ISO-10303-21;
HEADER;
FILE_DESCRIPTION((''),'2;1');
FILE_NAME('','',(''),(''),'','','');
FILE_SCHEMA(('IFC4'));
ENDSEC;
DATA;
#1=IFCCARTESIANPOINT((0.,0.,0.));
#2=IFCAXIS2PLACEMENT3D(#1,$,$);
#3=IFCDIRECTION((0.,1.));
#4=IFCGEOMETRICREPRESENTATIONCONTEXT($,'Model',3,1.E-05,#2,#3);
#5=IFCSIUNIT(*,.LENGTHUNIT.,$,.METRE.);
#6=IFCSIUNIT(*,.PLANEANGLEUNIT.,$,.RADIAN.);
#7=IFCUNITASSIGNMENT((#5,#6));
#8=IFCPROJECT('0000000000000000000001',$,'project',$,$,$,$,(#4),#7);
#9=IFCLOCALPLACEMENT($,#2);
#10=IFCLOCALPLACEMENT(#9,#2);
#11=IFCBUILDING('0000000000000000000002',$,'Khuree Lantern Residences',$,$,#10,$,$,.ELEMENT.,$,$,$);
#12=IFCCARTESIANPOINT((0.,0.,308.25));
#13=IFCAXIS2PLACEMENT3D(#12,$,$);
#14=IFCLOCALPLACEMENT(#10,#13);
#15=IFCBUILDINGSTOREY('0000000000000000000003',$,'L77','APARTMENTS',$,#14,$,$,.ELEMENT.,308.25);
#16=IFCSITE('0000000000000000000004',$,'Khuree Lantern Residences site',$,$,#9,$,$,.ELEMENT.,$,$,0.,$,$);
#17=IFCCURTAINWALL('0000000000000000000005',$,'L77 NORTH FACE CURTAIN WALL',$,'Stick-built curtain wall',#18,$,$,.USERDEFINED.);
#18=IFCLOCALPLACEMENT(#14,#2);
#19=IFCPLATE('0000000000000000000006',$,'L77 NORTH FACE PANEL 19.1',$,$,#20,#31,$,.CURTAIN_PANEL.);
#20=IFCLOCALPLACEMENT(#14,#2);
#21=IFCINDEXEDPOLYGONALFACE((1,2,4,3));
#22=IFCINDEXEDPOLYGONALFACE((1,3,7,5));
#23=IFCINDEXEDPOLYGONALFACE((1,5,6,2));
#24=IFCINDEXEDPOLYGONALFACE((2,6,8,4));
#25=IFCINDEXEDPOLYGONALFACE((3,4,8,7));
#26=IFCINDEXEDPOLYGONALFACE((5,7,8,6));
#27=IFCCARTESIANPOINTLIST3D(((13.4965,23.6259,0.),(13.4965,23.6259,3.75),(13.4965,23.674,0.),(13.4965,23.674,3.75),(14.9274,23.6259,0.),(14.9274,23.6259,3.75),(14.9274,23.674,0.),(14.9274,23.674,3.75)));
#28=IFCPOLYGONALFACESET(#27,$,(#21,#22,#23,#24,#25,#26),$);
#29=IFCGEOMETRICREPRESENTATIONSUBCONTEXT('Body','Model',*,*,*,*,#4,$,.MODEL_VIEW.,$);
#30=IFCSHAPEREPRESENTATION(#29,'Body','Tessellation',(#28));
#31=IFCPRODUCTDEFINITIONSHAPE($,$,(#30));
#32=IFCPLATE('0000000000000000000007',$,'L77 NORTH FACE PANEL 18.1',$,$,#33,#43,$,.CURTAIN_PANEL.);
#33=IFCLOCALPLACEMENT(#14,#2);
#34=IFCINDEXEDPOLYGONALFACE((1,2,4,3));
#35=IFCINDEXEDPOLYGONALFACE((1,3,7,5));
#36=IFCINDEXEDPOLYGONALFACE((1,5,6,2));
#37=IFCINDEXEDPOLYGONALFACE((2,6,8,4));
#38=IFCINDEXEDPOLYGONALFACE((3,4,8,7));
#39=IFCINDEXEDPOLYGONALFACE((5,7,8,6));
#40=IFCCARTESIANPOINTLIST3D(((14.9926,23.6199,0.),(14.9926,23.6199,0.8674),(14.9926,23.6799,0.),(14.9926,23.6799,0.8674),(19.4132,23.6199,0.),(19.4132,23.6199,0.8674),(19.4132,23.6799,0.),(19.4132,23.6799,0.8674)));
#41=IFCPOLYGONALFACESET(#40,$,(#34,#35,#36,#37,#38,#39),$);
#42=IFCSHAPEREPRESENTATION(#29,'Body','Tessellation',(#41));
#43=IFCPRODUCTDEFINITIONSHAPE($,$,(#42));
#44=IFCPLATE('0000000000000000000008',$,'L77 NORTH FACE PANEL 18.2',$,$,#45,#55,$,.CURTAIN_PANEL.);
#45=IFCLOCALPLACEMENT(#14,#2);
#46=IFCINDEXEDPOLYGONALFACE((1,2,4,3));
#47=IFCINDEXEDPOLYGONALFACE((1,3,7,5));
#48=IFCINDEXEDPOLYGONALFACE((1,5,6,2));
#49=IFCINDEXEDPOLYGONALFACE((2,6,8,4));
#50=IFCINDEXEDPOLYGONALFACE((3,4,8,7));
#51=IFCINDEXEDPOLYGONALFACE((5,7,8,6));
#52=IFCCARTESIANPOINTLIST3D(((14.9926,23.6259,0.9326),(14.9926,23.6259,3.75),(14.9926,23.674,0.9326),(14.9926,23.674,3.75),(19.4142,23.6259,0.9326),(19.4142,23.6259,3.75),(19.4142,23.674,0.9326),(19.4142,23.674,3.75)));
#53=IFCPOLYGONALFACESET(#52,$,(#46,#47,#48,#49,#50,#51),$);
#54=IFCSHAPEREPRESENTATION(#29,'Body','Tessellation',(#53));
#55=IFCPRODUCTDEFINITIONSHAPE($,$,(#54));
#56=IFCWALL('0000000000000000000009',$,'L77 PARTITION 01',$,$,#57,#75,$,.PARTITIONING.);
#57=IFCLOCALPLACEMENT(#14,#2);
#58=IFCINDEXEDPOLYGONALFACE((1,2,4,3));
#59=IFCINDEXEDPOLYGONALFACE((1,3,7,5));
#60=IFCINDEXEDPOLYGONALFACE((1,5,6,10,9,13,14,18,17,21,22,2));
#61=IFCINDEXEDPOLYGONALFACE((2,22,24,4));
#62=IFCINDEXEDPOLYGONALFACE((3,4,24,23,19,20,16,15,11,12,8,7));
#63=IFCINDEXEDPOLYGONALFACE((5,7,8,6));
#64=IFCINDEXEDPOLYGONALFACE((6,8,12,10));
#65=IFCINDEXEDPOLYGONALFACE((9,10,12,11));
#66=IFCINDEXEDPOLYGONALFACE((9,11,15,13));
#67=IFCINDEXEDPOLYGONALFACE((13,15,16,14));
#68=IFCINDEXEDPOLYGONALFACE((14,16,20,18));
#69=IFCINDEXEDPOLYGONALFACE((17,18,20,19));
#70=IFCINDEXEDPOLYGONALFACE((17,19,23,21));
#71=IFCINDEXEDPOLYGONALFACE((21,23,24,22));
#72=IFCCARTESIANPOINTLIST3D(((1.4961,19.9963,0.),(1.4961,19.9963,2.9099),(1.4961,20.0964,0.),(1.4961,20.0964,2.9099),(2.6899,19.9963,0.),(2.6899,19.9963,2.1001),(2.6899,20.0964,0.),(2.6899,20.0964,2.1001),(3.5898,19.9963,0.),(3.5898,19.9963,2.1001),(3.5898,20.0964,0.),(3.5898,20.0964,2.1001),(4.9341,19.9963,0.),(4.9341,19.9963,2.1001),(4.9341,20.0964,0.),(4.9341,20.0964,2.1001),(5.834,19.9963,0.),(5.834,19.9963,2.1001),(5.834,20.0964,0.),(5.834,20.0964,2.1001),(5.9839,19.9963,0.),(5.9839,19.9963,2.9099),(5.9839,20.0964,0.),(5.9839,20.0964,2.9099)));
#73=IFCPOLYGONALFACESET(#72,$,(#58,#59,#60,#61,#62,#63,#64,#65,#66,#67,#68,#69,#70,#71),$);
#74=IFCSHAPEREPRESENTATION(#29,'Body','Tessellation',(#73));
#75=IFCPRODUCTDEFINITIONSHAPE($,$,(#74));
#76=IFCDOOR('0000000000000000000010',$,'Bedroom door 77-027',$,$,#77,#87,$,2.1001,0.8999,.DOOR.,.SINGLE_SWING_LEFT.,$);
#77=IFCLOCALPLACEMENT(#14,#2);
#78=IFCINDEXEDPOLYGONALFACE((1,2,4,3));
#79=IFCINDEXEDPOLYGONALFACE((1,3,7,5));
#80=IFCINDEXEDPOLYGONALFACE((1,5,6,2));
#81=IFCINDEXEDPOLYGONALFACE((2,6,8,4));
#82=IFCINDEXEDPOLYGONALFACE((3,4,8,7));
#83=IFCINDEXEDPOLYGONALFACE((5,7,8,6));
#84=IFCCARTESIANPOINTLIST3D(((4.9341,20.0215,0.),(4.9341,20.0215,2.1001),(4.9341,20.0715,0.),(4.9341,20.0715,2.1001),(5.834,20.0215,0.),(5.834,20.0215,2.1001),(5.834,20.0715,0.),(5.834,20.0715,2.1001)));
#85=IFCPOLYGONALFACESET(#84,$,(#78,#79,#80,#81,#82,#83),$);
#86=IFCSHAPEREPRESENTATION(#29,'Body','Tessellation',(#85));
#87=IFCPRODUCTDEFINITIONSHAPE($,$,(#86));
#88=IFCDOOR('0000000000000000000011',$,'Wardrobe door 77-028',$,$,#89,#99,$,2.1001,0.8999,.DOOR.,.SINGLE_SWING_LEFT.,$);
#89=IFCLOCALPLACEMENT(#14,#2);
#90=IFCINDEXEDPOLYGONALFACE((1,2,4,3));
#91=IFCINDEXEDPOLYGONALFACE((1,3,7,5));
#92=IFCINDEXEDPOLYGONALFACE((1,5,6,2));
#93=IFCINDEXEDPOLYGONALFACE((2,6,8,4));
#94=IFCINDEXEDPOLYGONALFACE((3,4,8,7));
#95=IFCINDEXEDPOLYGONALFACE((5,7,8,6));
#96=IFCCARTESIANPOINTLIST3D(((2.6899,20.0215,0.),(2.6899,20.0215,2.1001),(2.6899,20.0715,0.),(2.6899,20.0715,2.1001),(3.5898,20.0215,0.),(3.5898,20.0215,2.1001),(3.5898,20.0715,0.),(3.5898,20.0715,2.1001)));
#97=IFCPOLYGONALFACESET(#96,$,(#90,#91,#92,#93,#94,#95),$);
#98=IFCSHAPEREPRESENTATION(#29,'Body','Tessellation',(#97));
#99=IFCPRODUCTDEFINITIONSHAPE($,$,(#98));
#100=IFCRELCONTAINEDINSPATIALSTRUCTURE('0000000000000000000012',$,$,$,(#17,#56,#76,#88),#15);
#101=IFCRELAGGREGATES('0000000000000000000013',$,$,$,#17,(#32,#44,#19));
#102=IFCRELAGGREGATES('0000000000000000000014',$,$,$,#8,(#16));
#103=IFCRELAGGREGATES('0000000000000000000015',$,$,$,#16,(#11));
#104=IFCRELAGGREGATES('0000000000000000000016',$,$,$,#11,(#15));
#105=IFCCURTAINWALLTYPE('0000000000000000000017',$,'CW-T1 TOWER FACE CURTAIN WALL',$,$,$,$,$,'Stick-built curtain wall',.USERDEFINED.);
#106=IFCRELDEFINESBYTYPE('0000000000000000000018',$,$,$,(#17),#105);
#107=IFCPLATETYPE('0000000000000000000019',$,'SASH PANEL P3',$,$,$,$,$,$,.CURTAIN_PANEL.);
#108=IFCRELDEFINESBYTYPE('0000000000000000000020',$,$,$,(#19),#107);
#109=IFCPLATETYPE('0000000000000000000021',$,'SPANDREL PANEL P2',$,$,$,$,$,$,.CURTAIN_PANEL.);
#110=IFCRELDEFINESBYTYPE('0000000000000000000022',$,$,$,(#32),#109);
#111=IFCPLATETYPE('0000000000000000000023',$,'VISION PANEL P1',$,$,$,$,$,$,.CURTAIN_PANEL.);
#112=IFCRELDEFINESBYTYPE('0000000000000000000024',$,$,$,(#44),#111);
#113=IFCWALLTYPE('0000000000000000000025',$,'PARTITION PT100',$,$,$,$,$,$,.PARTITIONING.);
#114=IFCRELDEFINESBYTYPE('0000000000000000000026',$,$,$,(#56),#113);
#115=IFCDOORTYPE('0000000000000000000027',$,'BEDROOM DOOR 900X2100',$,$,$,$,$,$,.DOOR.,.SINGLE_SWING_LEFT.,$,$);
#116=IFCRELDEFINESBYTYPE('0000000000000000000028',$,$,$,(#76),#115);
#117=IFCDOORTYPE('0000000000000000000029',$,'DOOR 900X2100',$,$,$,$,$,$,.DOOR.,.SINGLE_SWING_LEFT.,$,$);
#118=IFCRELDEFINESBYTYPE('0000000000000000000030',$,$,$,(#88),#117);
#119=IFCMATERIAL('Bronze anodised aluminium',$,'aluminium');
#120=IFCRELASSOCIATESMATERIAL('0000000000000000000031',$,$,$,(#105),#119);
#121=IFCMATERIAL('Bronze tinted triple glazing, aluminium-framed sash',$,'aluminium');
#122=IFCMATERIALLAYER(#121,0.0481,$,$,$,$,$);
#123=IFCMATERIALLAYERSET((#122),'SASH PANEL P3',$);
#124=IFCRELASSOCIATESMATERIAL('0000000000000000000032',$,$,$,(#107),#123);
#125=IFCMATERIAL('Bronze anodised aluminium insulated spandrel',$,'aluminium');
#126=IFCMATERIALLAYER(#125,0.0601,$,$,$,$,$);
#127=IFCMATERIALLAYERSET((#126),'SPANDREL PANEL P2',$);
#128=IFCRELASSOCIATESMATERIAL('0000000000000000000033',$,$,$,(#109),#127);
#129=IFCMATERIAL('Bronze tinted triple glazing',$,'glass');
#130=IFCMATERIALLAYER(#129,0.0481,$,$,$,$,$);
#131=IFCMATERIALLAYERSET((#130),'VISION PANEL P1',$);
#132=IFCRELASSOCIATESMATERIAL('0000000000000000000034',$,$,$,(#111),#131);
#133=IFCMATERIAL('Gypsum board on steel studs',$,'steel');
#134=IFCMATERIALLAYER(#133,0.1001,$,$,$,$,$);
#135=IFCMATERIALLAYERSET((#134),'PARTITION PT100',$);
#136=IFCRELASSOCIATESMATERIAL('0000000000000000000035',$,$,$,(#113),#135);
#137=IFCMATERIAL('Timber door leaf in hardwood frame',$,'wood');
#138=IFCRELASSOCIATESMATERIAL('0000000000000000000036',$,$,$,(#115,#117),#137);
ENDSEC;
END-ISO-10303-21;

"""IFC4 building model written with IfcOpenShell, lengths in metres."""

from ifc_helpers import new_model, si_unit, direction, frame, frame_2d, origin, origin_2d, place, context, subcontext, project, spatial, rectangle, extrude, material, layer, layer_set, type_object, element, fill, aggregate, save


model = new_model("IFC4")

# Units and contexts
model_context = context("Model", 3, precision=1e-05, world=origin(), true_north=direction((0.0, 1.0)))
body_context = subcontext(model_context, "Body", "Model", "MODEL_VIEW")
ifc_project = project(units=[si_unit("LENGTHUNIT", "METRE"), si_unit("PLANEANGLEUNIT", "RADIAN")], contexts=[model_context])

# Site, building, storey
site_placement = place(None, origin())
site = spatial("IfcSite", under=ifc_project, at=site_placement, Name="Khuree Lantern Residences site", CompositionType="ELEMENT", RefElevation=0.0)
building_placement = place(site_placement, origin())
building = spatial("IfcBuilding", under=site, at=building_placement, Name="Khuree Lantern Residences", CompositionType="ELEMENT")
storey_placement = place(building_placement, frame((0.0, 0.0, 308.25)))
storey = spatial("IfcBuildingStorey", under=building, at=storey_placement, Name="L77", Description="APARTMENTS", CompositionType="ELEMENT", Elevation=308.25)

# Curtain wall
ifc_material_1 = material(Name="Bronze anodised aluminium", Category="aluminium")
curtain_wall_type = type_object("IfcCurtainWallType", Name="CW-T1 TOWER FACE CURTAIN WALL", ElementType="Stick-built curtain wall", PredefinedType="USERDEFINED", material=ifc_material_1)
curtain_wall_placement = place(storey_placement, origin())
curtain_wall = element("IfcCurtainWall", 1, at=curtain_wall_placement, inside=storey, type_object=curtain_wall_type, Name="L77 NORTH FACE CURTAIN WALL", ObjectType="Stick-built curtain wall", PredefinedType="USERDEFINED")

# Plates
ifc_material_2 = material(Name="Bronze tinted triple glazing, aluminium-framed sash", Category="aluminium")
ifc_layer_1 = layer(ifc_material_2, 0.0481)
ifc_layer_set_1 = layer_set([ifc_layer_1], Name="SASH PANEL P3")
plate_type_1 = type_object("IfcPlateType", Name="SASH PANEL P3", PredefinedType="CURTAIN_PANEL", material=ifc_layer_set_1)
plate_1_placement = place(storey_placement, frame((14.2119, 23.6499, 0.0), z_axis=(0.0, 0.0, 1.0), x_axis=(-1.0, 0.0, 0.0)))
plate_1 = element("IfcPlate", 2, at=plate_1_placement, type_object=plate_type_1, Name="L77 NORTH FACE PANEL 19.1", PredefinedType="CURTAIN_PANEL", context=body_context, shape_type="SweptSolid", body=[
    extrude(rectangle(XDim=1.4309, YDim=0.0481, at=origin_2d()), origin(), (0.0, 0.0, 1.0), 3.75),
])
ifc_material_3 = material(Name="Bronze anodised aluminium insulated spandrel", Category="aluminium")
ifc_layer_2 = layer(ifc_material_3, 0.0601)
ifc_layer_set_2 = layer_set([ifc_layer_2], Name="SPANDREL PANEL P2")
plate_type_2 = type_object("IfcPlateType", Name="SPANDREL PANEL P2", PredefinedType="CURTAIN_PANEL", material=ifc_layer_set_2)
plate_2_placement = place(storey_placement, frame((17.2029, 23.6499, 0.0), z_axis=(0.0, 0.0, 1.0), x_axis=(-1.0, 0.0, 0.0)))
plate_2 = element("IfcPlate", 3, at=plate_2_placement, type_object=plate_type_2, Name="L77 NORTH FACE PANEL 18.1", PredefinedType="CURTAIN_PANEL", context=body_context, shape_type="SweptSolid", body=[
    extrude(rectangle(XDim=4.4207, YDim=0.0601, at=origin_2d()), origin(), (0.0, 0.0, 1.0), 0.8674),
])
ifc_material_4 = material(Name="Bronze tinted triple glazing", Category="glass")
ifc_layer_3 = layer(ifc_material_4, 0.0481)
ifc_layer_set_3 = layer_set([ifc_layer_3], Name="VISION PANEL P1")
plate_type_3 = type_object("IfcPlateType", Name="VISION PANEL P1", PredefinedType="CURTAIN_PANEL", material=ifc_layer_set_3)
plate_3_placement = place(storey_placement, frame((17.2034, 23.6499, 0.9326), z_axis=(0.0, 0.0, 1.0), x_axis=(-1.0, 0.0, 0.0)))
plate_3 = element("IfcPlate", 4, at=plate_3_placement, type_object=plate_type_3, Name="L77 NORTH FACE PANEL 18.2", PredefinedType="CURTAIN_PANEL", context=body_context, shape_type="SweptSolid", body=[
    extrude(rectangle(XDim=4.4216, YDim=0.0481, at=origin_2d()), origin(), (0.0, 0.0, 1.0), 2.8174),
])
aggregate(curtain_wall, [plate_2, plate_3, plate_1])

# Wall, openings, doors
ifc_material_5 = material(Name="Gypsum board on steel studs", Category="steel")
ifc_layer_4 = layer(ifc_material_5, 0.1001)
ifc_layer_set_4 = layer_set([ifc_layer_4], Name="PARTITION PT100")
wall_type = type_object("IfcWallType", Name="PARTITION PT100", PredefinedType="PARTITIONING", material=ifc_layer_set_4)
wall_placement = place(storey_placement, frame((5.9839, 20.0464, 0.0), z_axis=(0.0, 0.0, 1.0), x_axis=(-1.0, 0.0, 0.0)))
wall = element("IfcWall", 5, at=wall_placement, inside=storey, type_object=wall_type, Name="L77 PARTITION 01", PredefinedType="PARTITIONING", context=body_context, shape_type="SweptSolid", body=[
    extrude(rectangle(XDim=4.4878, YDim=0.1001, at=frame_2d((2.2439, 0.0))), origin(), (0.0, 0.0, 1.0), 2.9099),
])
opening_1_placement = place(wall_placement, frame((0.1499, 0.0, 0.0)))
opening_1 = element("IfcOpeningElement", 6, at=opening_1_placement, cuts=wall, PredefinedType="OPENING", context=body_context, shape_type="SweptSolid", body=[
    extrude(rectangle(XDim=0.8999, YDim=2.1001, at=frame_2d((0.45, 1.05))), frame((0.0, 0.0601, 0.0), z_axis=(0.0, -1.0, 0.0), x_axis=(1.0, 0.0, 0.0)), (0.0, 0.0, 1.0), 0.1201),
])
opening_2_placement = place(wall_placement, frame((2.394, 0.0, 0.0)))
opening_2 = element("IfcOpeningElement", 7, at=opening_2_placement, cuts=wall, PredefinedType="OPENING", context=body_context, shape_type="SweptSolid", body=[
    extrude(rectangle(XDim=0.8999, YDim=2.1001, at=frame_2d((0.45, 1.05))), frame((0.0, 0.0601, 0.0), z_axis=(0.0, -1.0, 0.0), x_axis=(1.0, 0.0, 0.0)), (0.0, 0.0, 1.0), 0.1201),
])
ifc_material_6 = material(Name="Timber door leaf in hardwood frame", Category="wood")
door_type_1 = type_object("IfcDoorType", Name="BEDROOM DOOR 900X2100", OperationType="SINGLE_SWING_LEFT", PredefinedType="DOOR", material=ifc_material_6)
door_1_placement = place(opening_1_placement, origin())
door_1 = element("IfcDoor", 8, at=door_1_placement, inside=storey, type_object=door_type_1, Name="Bedroom door 77-027", OperationType="SINGLE_SWING_LEFT", OverallHeight=2.1001, OverallWidth=0.8999, PredefinedType="DOOR", context=body_context, shape_type="SweptSolid", body=[
    extrude(rectangle(XDim=0.8999, YDim=2.1001, at=frame_2d((0.45, 1.05))), frame((0.0, 0.0249, 0.0), z_axis=(0.0, -1.0, 0.0), x_axis=(1.0, 0.0, 0.0)), (0.0, 0.0, 1.0), 0.05),
])
fill(opening_1, door_1)
door_type_2 = type_object("IfcDoorType", Name="DOOR 900X2100", OperationType="SINGLE_SWING_LEFT", PredefinedType="DOOR", material=ifc_material_6)
door_2_placement = place(opening_2_placement, origin())
door_2 = element("IfcDoor", 9, at=door_2_placement, inside=storey, type_object=door_type_2, Name="Wardrobe door 77-028", OperationType="SINGLE_SWING_LEFT", OverallHeight=2.1001, OverallWidth=0.8999, PredefinedType="DOOR", context=body_context, shape_type="SweptSolid", body=[
    extrude(rectangle(XDim=0.8999, YDim=2.1001, at=frame_2d((0.45, 1.05))), frame((0.0, 0.0249, 0.0), z_axis=(0.0, -1.0, 0.0), x_axis=(1.0, 0.0, 0.0)), (0.0, 0.0, 1.0), 0.05),
])
fill(opening_2, door_2)

save(model, "model.ifc")
